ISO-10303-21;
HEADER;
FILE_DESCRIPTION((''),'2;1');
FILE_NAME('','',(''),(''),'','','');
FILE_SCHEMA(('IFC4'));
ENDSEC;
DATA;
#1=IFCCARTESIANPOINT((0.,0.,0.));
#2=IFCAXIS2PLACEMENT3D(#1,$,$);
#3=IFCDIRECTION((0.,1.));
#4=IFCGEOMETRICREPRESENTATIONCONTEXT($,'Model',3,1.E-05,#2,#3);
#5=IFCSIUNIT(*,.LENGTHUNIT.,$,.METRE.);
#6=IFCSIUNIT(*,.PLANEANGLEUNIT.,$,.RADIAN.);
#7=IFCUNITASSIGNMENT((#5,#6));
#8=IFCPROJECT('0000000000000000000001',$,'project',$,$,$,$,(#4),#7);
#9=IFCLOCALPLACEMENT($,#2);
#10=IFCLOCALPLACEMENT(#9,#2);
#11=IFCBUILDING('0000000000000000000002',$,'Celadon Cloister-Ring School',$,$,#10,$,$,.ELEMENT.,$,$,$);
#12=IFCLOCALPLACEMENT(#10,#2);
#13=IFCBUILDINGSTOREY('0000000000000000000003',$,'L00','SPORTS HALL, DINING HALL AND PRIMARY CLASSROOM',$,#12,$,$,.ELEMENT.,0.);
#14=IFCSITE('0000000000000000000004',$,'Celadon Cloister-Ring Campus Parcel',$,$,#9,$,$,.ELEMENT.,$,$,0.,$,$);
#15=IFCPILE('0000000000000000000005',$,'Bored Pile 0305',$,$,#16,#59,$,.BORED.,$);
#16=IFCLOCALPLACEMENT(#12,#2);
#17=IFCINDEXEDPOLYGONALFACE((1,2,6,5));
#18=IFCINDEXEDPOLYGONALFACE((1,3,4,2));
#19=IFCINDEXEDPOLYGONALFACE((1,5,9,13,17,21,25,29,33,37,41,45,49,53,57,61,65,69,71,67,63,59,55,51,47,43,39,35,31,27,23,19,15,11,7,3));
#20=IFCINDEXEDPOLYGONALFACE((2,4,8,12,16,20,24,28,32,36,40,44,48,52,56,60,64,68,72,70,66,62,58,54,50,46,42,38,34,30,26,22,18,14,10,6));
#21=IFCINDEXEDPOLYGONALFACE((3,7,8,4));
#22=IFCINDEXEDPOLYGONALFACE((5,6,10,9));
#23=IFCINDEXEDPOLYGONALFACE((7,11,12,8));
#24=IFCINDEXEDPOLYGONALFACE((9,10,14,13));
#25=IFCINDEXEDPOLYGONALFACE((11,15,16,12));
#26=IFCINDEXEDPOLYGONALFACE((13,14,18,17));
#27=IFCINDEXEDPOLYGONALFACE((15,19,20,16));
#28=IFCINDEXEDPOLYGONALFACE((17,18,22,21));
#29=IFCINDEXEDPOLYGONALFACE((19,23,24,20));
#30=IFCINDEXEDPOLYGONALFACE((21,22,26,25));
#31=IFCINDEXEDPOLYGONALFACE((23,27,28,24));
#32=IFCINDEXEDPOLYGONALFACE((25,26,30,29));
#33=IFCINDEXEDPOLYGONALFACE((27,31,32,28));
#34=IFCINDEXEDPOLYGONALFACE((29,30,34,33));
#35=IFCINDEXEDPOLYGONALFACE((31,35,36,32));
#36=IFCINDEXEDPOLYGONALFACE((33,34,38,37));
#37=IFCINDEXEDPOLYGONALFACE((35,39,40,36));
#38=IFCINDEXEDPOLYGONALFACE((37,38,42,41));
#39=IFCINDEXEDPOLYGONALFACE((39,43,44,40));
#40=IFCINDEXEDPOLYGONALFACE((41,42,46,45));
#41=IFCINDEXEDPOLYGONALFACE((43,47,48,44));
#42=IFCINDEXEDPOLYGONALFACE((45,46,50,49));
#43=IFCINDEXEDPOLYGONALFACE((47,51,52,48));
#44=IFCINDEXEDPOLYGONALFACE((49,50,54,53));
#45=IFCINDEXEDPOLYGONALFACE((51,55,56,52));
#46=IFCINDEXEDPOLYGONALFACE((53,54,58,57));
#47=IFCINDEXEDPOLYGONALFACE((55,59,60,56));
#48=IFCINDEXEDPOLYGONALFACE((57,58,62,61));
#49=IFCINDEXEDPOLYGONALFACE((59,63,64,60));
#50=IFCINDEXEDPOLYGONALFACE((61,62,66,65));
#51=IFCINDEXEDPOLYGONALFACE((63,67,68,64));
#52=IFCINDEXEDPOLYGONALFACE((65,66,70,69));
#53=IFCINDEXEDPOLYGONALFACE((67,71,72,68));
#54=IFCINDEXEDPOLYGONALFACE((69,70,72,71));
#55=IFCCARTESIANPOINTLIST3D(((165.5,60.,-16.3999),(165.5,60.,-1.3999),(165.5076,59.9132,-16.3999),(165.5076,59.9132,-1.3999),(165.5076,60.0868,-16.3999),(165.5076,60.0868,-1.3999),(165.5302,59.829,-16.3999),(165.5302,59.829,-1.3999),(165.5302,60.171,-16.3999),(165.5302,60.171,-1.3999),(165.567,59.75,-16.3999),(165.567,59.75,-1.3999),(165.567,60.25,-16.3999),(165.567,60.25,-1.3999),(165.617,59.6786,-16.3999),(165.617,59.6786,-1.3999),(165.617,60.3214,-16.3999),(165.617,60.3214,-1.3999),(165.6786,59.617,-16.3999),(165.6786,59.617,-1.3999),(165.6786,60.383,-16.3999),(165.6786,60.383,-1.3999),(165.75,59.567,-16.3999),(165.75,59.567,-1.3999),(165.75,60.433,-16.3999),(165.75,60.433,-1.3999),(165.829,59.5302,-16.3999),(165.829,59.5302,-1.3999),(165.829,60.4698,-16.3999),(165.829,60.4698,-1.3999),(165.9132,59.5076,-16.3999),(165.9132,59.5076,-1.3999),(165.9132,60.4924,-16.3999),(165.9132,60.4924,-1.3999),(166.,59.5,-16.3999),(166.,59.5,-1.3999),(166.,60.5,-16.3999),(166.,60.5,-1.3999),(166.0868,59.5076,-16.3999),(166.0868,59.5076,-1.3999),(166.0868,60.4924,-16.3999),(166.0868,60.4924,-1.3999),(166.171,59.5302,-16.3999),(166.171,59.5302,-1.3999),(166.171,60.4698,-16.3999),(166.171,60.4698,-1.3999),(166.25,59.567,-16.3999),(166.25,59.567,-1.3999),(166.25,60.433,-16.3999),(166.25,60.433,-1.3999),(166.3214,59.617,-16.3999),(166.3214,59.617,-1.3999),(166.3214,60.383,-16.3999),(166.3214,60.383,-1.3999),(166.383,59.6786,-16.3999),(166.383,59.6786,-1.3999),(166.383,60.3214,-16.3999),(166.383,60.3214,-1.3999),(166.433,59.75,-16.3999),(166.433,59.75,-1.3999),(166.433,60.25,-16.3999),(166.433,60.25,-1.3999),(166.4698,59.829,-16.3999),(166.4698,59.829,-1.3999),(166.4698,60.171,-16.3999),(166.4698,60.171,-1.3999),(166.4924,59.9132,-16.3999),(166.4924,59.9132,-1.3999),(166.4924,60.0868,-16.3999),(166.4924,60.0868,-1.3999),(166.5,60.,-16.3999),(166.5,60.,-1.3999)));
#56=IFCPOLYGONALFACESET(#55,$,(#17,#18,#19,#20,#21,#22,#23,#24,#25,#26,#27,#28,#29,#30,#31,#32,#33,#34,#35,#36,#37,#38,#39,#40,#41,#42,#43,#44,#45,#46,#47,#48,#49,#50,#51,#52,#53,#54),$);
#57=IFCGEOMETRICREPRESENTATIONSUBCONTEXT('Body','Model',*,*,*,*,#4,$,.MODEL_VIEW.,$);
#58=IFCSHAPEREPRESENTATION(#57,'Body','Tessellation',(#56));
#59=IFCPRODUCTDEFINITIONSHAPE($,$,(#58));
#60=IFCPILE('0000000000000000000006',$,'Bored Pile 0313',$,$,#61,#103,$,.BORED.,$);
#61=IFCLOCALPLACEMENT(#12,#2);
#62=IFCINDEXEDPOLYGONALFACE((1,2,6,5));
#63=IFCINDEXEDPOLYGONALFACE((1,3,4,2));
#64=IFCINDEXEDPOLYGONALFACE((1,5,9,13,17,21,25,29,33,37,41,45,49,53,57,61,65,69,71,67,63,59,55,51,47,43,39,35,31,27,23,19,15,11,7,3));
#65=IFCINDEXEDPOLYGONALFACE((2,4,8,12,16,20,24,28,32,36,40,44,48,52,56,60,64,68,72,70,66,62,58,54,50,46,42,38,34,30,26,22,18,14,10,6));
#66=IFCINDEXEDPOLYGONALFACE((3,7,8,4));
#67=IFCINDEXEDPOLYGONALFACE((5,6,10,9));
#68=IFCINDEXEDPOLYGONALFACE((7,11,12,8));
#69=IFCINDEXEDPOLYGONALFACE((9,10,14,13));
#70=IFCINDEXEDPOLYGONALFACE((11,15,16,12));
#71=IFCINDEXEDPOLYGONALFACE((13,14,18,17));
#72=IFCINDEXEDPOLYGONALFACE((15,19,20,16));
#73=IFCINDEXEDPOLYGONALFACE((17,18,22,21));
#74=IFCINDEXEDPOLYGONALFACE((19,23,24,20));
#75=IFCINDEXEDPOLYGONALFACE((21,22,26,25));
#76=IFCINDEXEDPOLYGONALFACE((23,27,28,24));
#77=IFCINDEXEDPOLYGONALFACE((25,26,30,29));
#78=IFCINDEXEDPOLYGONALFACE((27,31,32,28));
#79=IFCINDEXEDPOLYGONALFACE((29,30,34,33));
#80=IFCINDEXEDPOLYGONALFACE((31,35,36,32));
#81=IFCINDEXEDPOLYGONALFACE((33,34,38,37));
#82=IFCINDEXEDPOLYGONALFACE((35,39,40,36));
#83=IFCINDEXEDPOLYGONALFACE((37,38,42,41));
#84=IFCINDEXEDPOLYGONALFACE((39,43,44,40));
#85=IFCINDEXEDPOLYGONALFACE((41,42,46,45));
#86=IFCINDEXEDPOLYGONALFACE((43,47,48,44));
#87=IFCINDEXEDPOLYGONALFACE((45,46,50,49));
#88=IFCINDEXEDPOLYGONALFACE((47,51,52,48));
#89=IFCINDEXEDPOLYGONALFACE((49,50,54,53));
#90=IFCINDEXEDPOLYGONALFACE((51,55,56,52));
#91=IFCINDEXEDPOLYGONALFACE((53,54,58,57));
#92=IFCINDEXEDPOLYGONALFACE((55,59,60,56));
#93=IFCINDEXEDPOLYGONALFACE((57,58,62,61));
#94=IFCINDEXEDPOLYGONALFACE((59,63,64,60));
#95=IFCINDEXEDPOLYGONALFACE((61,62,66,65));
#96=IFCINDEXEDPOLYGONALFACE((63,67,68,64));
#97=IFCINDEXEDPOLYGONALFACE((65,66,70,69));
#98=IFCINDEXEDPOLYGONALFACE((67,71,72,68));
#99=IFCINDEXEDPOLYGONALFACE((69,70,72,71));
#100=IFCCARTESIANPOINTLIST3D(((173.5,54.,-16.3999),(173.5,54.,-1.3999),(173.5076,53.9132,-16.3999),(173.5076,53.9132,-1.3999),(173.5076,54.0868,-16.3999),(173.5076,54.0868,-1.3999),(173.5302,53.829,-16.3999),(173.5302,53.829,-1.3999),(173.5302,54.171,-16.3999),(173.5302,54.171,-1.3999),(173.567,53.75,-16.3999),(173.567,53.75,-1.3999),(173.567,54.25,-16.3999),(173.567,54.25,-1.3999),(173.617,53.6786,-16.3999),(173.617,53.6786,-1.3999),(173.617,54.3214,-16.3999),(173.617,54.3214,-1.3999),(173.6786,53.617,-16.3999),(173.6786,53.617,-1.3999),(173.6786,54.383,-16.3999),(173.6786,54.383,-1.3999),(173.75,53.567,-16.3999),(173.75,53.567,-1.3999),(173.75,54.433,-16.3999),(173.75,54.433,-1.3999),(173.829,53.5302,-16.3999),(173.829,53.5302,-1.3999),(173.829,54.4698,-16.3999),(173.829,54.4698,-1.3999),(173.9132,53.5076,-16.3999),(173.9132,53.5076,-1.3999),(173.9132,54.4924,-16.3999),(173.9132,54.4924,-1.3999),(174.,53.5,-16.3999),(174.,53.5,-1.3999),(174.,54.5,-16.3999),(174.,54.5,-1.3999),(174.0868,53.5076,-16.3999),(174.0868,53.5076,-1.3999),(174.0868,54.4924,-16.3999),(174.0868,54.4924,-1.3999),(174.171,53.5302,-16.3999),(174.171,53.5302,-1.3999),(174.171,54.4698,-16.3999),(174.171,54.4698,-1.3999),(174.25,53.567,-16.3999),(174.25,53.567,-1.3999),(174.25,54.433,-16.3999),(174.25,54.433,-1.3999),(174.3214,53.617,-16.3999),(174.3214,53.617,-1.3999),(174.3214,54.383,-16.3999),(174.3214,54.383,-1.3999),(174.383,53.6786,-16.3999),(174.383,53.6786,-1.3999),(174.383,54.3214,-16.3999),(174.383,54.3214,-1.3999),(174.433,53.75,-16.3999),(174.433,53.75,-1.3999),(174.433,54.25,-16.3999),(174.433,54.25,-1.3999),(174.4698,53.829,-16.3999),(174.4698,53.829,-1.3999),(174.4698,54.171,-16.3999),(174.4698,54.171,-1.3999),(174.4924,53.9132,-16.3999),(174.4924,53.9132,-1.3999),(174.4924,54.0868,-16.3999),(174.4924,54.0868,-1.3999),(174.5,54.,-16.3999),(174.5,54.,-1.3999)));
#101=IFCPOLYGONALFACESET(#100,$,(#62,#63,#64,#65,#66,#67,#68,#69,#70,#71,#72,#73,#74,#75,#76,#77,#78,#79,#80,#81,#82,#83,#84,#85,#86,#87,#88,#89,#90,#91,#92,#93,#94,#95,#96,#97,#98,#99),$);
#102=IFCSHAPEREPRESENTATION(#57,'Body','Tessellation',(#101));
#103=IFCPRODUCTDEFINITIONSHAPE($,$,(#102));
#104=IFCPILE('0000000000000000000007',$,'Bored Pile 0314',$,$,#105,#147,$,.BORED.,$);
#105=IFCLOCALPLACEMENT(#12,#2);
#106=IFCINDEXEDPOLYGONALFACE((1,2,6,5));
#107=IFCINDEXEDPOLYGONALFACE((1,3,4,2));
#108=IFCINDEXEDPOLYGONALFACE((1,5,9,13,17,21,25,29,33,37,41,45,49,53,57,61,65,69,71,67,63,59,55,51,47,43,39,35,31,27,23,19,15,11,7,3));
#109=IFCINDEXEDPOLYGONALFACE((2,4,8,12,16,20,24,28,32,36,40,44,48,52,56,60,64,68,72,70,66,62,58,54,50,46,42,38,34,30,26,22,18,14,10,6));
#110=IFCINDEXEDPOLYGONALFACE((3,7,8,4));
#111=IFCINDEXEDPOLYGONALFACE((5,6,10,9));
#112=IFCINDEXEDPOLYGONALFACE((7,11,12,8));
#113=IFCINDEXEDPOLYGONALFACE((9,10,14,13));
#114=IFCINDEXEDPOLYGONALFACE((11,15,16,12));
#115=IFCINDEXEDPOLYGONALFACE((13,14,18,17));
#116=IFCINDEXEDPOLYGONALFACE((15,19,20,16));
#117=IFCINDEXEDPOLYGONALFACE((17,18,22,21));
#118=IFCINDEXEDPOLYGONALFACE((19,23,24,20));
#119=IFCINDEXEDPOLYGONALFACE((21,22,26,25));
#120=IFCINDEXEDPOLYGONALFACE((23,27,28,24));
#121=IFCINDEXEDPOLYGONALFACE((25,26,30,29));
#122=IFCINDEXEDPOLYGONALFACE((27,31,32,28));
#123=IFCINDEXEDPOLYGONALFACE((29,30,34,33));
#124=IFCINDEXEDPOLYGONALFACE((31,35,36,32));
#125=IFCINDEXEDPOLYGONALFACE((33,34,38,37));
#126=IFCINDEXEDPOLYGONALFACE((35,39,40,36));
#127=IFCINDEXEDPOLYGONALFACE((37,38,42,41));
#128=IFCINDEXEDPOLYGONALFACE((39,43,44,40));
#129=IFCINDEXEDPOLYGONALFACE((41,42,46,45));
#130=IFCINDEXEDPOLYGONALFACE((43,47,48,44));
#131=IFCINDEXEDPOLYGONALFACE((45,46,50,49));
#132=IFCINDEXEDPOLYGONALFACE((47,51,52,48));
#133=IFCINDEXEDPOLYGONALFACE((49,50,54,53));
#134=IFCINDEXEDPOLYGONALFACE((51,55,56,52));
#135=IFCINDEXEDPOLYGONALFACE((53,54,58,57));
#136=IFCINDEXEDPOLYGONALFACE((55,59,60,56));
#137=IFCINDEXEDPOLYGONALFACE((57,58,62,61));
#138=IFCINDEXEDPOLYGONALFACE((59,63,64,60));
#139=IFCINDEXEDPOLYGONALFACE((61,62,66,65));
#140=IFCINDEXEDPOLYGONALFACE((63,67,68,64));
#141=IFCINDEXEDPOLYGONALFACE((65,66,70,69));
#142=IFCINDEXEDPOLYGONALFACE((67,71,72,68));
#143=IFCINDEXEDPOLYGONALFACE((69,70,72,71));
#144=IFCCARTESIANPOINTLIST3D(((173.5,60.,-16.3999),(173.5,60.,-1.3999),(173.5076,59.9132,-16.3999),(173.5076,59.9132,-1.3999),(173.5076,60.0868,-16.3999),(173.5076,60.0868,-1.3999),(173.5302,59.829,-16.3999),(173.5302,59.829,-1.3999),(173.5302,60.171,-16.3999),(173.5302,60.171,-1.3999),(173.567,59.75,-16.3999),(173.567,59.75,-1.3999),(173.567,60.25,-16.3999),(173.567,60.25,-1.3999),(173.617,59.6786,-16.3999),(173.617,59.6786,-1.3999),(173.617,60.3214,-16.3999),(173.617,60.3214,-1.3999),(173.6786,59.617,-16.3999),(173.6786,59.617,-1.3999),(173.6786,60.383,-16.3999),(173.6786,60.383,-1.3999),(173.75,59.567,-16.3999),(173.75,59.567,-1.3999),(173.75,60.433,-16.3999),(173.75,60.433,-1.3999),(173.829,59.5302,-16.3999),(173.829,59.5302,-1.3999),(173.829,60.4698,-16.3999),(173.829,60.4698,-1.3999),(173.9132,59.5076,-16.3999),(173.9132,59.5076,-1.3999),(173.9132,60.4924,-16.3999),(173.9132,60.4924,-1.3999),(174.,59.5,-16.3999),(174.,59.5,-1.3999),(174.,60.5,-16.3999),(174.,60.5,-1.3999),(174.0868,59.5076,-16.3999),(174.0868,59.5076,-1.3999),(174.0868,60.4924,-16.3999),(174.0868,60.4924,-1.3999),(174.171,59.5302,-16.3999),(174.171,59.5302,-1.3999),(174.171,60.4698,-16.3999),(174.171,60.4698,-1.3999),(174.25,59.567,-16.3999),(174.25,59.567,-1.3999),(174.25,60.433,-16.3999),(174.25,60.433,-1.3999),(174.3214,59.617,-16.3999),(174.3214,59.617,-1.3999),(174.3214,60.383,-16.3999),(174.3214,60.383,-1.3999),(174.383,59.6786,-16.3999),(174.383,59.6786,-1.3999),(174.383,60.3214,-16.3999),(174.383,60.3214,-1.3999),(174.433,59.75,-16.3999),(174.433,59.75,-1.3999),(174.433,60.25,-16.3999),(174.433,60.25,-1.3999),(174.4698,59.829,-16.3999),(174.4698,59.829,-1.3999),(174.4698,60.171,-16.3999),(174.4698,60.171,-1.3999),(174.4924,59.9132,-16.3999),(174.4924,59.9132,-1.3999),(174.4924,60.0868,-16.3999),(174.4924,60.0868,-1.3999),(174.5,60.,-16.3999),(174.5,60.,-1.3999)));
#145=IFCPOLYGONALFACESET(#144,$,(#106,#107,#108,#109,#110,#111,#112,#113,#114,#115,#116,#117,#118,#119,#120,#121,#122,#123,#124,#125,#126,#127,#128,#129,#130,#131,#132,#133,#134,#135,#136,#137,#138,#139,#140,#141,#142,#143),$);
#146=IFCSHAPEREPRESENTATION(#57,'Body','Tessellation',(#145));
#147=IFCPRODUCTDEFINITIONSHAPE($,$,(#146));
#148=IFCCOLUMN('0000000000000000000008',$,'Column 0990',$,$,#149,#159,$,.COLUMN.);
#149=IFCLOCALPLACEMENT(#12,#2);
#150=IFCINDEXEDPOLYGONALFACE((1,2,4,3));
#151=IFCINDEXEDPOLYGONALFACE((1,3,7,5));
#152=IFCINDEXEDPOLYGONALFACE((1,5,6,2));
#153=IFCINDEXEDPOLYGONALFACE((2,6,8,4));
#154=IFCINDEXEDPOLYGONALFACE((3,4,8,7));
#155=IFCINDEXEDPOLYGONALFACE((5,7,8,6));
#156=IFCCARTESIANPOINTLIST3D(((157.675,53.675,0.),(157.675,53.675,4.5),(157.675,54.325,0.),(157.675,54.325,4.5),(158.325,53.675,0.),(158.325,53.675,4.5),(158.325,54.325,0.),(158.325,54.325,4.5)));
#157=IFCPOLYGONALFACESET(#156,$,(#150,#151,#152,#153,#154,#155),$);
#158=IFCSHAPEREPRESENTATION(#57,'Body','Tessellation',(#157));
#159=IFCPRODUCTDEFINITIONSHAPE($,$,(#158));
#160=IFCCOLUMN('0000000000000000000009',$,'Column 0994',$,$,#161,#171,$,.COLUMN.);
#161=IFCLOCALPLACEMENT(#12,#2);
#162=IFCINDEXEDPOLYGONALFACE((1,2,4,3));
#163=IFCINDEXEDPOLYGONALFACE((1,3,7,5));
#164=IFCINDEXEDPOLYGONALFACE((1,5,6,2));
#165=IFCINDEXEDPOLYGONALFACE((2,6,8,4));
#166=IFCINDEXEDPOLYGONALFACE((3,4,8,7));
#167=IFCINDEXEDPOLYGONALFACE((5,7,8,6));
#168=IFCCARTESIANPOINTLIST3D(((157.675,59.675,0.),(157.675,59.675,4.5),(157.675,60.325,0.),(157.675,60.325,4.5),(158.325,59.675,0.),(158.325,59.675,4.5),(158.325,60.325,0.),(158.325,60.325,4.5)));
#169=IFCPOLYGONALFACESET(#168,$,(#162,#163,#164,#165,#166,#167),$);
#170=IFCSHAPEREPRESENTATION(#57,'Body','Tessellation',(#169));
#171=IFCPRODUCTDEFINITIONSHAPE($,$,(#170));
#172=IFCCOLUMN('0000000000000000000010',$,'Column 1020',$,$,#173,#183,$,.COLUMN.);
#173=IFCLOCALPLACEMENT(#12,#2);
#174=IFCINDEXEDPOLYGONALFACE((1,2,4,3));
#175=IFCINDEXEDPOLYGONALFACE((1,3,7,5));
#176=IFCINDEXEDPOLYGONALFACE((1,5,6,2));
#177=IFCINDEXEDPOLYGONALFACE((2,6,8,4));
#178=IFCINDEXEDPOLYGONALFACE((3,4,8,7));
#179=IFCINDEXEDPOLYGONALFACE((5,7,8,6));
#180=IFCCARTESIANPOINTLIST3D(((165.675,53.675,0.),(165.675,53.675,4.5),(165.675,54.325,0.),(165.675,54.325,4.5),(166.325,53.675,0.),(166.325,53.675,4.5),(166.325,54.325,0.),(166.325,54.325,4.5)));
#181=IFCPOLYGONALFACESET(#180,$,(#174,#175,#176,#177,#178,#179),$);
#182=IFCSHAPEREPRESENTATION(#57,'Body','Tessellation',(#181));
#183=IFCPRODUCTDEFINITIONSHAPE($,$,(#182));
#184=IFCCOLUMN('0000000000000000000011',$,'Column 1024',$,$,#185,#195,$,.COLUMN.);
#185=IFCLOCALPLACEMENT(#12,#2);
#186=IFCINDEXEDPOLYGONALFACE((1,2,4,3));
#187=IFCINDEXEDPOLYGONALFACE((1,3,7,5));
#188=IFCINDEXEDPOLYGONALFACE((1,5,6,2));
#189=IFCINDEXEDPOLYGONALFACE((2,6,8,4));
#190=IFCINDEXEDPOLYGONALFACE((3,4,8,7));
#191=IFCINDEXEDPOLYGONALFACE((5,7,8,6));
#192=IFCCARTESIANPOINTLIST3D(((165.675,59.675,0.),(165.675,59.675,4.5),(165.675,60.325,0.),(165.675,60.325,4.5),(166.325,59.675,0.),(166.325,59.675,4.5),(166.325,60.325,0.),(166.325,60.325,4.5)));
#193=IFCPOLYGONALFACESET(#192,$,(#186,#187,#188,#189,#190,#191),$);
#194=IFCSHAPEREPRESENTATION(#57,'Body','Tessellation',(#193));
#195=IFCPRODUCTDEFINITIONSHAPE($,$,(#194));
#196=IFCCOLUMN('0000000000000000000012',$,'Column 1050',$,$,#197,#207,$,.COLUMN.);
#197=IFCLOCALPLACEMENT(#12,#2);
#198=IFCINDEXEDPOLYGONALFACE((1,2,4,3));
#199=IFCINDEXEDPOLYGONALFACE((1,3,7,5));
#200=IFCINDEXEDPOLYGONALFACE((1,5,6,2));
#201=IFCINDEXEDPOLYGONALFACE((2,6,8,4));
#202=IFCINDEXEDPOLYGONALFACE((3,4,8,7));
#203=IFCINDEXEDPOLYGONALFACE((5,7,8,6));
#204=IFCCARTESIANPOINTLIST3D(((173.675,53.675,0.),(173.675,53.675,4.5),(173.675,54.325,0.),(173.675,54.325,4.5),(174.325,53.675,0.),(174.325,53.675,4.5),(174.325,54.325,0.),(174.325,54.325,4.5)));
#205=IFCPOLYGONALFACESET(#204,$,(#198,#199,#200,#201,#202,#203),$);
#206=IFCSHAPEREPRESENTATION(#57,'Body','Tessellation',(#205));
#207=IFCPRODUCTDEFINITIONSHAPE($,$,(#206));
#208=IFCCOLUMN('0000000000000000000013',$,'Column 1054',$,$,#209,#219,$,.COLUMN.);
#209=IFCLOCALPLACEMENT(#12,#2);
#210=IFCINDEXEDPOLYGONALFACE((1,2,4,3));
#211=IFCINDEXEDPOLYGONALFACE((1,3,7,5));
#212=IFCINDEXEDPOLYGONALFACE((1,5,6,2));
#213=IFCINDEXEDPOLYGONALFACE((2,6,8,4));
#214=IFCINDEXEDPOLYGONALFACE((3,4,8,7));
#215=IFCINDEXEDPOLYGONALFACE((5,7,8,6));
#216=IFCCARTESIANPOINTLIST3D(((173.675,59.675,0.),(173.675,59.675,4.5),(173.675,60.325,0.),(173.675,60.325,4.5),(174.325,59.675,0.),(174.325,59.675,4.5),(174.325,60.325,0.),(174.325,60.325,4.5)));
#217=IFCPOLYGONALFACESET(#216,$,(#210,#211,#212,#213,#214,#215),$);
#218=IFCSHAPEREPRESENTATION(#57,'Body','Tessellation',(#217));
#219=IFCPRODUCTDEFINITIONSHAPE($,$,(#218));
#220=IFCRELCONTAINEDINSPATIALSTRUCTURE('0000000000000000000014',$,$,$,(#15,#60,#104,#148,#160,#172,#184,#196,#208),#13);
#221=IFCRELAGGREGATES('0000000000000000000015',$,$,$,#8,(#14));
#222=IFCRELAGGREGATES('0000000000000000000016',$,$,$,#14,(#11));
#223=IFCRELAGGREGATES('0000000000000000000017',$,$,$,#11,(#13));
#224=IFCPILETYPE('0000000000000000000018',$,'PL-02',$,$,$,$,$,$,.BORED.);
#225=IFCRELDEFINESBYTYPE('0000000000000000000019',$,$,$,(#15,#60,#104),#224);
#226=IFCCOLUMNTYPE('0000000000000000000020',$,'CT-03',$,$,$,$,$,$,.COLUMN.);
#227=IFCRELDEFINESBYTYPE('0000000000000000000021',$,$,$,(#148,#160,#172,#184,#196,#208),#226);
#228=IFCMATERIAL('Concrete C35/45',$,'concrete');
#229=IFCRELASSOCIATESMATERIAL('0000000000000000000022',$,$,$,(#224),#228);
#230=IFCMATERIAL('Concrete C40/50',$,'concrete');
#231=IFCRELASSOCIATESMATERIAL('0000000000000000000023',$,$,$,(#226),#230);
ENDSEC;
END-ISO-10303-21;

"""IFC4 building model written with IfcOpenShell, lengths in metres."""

from ifc_helpers import new_model, si_unit, direction, frame, origin, origin_2d, place, context, subcontext, project, spatial, rectangle, circle, extrude, material, material_profile, profile_set, type_object, element, save


model = new_model("IFC4")

# Units and contexts
model_context = context("Model", 3, precision=1e-05, world=origin(), true_north=direction((0.0, 1.0)))
body_context = subcontext(model_context, "Body", "Model", "MODEL_VIEW")
ifc_project = project(units=[si_unit("LENGTHUNIT", "METRE"), si_unit("PLANEANGLEUNIT", "RADIAN")], contexts=[model_context])

# Site, building, storey
site_placement = place(None, origin())
site = spatial("IfcSite", under=ifc_project, at=site_placement, Name="Celadon Cloister-Ring Campus Parcel", CompositionType="ELEMENT", RefElevation=0.0)
building_placement = place(site_placement, origin())
building = spatial("IfcBuilding", under=site, at=building_placement, Name="Celadon Cloister-Ring School", CompositionType="ELEMENT")
storey_placement = place(building_placement, origin())
storey = spatial("IfcBuildingStorey", under=building, at=storey_placement, Name="L00", Description="SPORTS HALL, DINING HALL AND PRIMARY CLASSROOM", CompositionType="ELEMENT", Elevation=0.0)

# Piles
ifc_material_1 = material(Name="Concrete C35/45", Category="concrete")
ifc_material_profile_1 = material_profile(ifc_material_1, circle(Radius=0.5, at=origin_2d()), Name="PILE1000")
ifc_profile_set_1 = profile_set([ifc_material_profile_1], Name="Concrete C35/45")
pile_type = type_object("IfcPileType", Name="PL-02", PredefinedType="BORED", material=ifc_profile_set_1)
for number, where, z_axis, x_axis, name in (
    (1, (166.0, 60.0, -1.3999), (0.0, 0.0, -1.0), (1.0, 0.0, 0.0), "Bored Pile 0305"),
    (2, (174.0, 54.0, -1.3999), (0.0, 0.0, -1.0), (1.0, 0.0, 0.0), "Bored Pile 0313"),
    (3, (174.0, 60.0, -1.3999), (0.0, 0.0, -1.0), (1.0, 0.0, 0.0), "Bored Pile 0314"),
):
    element("IfcPile", number, at=place(storey_placement, frame(where, z_axis=z_axis, x_axis=x_axis)), inside=storey, type_object=pile_type, Name=name, PredefinedType="BORED", context=body_context, shape_type="SweptSolid", body=[
        extrude(circle(Radius=0.5, at=origin_2d()), origin(), (0.0, 0.0, 1.0), 15.0),
    ])

# Columns
ifc_material_2 = material(Name="Concrete C40/50", Category="concrete")
ifc_material_profile_2 = material_profile(ifc_material_2, rectangle(XDim=0.6499, YDim=0.6499, at=origin_2d()), Name="RC650X650")
ifc_profile_set_2 = profile_set([ifc_material_profile_2], Name="Concrete C40/50")
column_type = type_object("IfcColumnType", Name="CT-03", PredefinedType="COLUMN", material=ifc_profile_set_2)
for number, where, z_axis, x_axis, name in (
    (4, (158.0, 54.0, 0.0), (0.0, 0.0, 1.0), (1.0, 0.0, 0.0), "Column 0990"),
    (5, (158.0, 60.0, 0.0), (0.0, 0.0, 1.0), (1.0, 0.0, 0.0), "Column 0994"),
    (6, (166.0, 54.0, 0.0), (0.0, 0.0, 1.0), (1.0, 0.0, 0.0), "Column 1020"),
    (7, (166.0, 60.0, 0.0), (0.0, 0.0, 1.0), (1.0, 0.0, 0.0), "Column 1024"),
    (8, (174.0, 54.0, 0.0), (0.0, 0.0, 1.0), (1.0, 0.0, 0.0), "Column 1050"),
    (9, (174.0, 60.0, 0.0), (0.0, 0.0, 1.0), (1.0, 0.0, 0.0), "Column 1054"),
):
    element("IfcColumn", number, at=place(storey_placement, frame(where, z_axis=z_axis, x_axis=x_axis)), inside=storey, type_object=column_type, Name=name, PredefinedType="COLUMN", context=body_context, shape_type="SweptSolid", body=[
        extrude(rectangle(XDim=0.6499, YDim=0.6499, at=origin_2d()), origin(), (0.0, 0.0, 1.0), 4.5),
    ])

save(model, "model.ifc")
